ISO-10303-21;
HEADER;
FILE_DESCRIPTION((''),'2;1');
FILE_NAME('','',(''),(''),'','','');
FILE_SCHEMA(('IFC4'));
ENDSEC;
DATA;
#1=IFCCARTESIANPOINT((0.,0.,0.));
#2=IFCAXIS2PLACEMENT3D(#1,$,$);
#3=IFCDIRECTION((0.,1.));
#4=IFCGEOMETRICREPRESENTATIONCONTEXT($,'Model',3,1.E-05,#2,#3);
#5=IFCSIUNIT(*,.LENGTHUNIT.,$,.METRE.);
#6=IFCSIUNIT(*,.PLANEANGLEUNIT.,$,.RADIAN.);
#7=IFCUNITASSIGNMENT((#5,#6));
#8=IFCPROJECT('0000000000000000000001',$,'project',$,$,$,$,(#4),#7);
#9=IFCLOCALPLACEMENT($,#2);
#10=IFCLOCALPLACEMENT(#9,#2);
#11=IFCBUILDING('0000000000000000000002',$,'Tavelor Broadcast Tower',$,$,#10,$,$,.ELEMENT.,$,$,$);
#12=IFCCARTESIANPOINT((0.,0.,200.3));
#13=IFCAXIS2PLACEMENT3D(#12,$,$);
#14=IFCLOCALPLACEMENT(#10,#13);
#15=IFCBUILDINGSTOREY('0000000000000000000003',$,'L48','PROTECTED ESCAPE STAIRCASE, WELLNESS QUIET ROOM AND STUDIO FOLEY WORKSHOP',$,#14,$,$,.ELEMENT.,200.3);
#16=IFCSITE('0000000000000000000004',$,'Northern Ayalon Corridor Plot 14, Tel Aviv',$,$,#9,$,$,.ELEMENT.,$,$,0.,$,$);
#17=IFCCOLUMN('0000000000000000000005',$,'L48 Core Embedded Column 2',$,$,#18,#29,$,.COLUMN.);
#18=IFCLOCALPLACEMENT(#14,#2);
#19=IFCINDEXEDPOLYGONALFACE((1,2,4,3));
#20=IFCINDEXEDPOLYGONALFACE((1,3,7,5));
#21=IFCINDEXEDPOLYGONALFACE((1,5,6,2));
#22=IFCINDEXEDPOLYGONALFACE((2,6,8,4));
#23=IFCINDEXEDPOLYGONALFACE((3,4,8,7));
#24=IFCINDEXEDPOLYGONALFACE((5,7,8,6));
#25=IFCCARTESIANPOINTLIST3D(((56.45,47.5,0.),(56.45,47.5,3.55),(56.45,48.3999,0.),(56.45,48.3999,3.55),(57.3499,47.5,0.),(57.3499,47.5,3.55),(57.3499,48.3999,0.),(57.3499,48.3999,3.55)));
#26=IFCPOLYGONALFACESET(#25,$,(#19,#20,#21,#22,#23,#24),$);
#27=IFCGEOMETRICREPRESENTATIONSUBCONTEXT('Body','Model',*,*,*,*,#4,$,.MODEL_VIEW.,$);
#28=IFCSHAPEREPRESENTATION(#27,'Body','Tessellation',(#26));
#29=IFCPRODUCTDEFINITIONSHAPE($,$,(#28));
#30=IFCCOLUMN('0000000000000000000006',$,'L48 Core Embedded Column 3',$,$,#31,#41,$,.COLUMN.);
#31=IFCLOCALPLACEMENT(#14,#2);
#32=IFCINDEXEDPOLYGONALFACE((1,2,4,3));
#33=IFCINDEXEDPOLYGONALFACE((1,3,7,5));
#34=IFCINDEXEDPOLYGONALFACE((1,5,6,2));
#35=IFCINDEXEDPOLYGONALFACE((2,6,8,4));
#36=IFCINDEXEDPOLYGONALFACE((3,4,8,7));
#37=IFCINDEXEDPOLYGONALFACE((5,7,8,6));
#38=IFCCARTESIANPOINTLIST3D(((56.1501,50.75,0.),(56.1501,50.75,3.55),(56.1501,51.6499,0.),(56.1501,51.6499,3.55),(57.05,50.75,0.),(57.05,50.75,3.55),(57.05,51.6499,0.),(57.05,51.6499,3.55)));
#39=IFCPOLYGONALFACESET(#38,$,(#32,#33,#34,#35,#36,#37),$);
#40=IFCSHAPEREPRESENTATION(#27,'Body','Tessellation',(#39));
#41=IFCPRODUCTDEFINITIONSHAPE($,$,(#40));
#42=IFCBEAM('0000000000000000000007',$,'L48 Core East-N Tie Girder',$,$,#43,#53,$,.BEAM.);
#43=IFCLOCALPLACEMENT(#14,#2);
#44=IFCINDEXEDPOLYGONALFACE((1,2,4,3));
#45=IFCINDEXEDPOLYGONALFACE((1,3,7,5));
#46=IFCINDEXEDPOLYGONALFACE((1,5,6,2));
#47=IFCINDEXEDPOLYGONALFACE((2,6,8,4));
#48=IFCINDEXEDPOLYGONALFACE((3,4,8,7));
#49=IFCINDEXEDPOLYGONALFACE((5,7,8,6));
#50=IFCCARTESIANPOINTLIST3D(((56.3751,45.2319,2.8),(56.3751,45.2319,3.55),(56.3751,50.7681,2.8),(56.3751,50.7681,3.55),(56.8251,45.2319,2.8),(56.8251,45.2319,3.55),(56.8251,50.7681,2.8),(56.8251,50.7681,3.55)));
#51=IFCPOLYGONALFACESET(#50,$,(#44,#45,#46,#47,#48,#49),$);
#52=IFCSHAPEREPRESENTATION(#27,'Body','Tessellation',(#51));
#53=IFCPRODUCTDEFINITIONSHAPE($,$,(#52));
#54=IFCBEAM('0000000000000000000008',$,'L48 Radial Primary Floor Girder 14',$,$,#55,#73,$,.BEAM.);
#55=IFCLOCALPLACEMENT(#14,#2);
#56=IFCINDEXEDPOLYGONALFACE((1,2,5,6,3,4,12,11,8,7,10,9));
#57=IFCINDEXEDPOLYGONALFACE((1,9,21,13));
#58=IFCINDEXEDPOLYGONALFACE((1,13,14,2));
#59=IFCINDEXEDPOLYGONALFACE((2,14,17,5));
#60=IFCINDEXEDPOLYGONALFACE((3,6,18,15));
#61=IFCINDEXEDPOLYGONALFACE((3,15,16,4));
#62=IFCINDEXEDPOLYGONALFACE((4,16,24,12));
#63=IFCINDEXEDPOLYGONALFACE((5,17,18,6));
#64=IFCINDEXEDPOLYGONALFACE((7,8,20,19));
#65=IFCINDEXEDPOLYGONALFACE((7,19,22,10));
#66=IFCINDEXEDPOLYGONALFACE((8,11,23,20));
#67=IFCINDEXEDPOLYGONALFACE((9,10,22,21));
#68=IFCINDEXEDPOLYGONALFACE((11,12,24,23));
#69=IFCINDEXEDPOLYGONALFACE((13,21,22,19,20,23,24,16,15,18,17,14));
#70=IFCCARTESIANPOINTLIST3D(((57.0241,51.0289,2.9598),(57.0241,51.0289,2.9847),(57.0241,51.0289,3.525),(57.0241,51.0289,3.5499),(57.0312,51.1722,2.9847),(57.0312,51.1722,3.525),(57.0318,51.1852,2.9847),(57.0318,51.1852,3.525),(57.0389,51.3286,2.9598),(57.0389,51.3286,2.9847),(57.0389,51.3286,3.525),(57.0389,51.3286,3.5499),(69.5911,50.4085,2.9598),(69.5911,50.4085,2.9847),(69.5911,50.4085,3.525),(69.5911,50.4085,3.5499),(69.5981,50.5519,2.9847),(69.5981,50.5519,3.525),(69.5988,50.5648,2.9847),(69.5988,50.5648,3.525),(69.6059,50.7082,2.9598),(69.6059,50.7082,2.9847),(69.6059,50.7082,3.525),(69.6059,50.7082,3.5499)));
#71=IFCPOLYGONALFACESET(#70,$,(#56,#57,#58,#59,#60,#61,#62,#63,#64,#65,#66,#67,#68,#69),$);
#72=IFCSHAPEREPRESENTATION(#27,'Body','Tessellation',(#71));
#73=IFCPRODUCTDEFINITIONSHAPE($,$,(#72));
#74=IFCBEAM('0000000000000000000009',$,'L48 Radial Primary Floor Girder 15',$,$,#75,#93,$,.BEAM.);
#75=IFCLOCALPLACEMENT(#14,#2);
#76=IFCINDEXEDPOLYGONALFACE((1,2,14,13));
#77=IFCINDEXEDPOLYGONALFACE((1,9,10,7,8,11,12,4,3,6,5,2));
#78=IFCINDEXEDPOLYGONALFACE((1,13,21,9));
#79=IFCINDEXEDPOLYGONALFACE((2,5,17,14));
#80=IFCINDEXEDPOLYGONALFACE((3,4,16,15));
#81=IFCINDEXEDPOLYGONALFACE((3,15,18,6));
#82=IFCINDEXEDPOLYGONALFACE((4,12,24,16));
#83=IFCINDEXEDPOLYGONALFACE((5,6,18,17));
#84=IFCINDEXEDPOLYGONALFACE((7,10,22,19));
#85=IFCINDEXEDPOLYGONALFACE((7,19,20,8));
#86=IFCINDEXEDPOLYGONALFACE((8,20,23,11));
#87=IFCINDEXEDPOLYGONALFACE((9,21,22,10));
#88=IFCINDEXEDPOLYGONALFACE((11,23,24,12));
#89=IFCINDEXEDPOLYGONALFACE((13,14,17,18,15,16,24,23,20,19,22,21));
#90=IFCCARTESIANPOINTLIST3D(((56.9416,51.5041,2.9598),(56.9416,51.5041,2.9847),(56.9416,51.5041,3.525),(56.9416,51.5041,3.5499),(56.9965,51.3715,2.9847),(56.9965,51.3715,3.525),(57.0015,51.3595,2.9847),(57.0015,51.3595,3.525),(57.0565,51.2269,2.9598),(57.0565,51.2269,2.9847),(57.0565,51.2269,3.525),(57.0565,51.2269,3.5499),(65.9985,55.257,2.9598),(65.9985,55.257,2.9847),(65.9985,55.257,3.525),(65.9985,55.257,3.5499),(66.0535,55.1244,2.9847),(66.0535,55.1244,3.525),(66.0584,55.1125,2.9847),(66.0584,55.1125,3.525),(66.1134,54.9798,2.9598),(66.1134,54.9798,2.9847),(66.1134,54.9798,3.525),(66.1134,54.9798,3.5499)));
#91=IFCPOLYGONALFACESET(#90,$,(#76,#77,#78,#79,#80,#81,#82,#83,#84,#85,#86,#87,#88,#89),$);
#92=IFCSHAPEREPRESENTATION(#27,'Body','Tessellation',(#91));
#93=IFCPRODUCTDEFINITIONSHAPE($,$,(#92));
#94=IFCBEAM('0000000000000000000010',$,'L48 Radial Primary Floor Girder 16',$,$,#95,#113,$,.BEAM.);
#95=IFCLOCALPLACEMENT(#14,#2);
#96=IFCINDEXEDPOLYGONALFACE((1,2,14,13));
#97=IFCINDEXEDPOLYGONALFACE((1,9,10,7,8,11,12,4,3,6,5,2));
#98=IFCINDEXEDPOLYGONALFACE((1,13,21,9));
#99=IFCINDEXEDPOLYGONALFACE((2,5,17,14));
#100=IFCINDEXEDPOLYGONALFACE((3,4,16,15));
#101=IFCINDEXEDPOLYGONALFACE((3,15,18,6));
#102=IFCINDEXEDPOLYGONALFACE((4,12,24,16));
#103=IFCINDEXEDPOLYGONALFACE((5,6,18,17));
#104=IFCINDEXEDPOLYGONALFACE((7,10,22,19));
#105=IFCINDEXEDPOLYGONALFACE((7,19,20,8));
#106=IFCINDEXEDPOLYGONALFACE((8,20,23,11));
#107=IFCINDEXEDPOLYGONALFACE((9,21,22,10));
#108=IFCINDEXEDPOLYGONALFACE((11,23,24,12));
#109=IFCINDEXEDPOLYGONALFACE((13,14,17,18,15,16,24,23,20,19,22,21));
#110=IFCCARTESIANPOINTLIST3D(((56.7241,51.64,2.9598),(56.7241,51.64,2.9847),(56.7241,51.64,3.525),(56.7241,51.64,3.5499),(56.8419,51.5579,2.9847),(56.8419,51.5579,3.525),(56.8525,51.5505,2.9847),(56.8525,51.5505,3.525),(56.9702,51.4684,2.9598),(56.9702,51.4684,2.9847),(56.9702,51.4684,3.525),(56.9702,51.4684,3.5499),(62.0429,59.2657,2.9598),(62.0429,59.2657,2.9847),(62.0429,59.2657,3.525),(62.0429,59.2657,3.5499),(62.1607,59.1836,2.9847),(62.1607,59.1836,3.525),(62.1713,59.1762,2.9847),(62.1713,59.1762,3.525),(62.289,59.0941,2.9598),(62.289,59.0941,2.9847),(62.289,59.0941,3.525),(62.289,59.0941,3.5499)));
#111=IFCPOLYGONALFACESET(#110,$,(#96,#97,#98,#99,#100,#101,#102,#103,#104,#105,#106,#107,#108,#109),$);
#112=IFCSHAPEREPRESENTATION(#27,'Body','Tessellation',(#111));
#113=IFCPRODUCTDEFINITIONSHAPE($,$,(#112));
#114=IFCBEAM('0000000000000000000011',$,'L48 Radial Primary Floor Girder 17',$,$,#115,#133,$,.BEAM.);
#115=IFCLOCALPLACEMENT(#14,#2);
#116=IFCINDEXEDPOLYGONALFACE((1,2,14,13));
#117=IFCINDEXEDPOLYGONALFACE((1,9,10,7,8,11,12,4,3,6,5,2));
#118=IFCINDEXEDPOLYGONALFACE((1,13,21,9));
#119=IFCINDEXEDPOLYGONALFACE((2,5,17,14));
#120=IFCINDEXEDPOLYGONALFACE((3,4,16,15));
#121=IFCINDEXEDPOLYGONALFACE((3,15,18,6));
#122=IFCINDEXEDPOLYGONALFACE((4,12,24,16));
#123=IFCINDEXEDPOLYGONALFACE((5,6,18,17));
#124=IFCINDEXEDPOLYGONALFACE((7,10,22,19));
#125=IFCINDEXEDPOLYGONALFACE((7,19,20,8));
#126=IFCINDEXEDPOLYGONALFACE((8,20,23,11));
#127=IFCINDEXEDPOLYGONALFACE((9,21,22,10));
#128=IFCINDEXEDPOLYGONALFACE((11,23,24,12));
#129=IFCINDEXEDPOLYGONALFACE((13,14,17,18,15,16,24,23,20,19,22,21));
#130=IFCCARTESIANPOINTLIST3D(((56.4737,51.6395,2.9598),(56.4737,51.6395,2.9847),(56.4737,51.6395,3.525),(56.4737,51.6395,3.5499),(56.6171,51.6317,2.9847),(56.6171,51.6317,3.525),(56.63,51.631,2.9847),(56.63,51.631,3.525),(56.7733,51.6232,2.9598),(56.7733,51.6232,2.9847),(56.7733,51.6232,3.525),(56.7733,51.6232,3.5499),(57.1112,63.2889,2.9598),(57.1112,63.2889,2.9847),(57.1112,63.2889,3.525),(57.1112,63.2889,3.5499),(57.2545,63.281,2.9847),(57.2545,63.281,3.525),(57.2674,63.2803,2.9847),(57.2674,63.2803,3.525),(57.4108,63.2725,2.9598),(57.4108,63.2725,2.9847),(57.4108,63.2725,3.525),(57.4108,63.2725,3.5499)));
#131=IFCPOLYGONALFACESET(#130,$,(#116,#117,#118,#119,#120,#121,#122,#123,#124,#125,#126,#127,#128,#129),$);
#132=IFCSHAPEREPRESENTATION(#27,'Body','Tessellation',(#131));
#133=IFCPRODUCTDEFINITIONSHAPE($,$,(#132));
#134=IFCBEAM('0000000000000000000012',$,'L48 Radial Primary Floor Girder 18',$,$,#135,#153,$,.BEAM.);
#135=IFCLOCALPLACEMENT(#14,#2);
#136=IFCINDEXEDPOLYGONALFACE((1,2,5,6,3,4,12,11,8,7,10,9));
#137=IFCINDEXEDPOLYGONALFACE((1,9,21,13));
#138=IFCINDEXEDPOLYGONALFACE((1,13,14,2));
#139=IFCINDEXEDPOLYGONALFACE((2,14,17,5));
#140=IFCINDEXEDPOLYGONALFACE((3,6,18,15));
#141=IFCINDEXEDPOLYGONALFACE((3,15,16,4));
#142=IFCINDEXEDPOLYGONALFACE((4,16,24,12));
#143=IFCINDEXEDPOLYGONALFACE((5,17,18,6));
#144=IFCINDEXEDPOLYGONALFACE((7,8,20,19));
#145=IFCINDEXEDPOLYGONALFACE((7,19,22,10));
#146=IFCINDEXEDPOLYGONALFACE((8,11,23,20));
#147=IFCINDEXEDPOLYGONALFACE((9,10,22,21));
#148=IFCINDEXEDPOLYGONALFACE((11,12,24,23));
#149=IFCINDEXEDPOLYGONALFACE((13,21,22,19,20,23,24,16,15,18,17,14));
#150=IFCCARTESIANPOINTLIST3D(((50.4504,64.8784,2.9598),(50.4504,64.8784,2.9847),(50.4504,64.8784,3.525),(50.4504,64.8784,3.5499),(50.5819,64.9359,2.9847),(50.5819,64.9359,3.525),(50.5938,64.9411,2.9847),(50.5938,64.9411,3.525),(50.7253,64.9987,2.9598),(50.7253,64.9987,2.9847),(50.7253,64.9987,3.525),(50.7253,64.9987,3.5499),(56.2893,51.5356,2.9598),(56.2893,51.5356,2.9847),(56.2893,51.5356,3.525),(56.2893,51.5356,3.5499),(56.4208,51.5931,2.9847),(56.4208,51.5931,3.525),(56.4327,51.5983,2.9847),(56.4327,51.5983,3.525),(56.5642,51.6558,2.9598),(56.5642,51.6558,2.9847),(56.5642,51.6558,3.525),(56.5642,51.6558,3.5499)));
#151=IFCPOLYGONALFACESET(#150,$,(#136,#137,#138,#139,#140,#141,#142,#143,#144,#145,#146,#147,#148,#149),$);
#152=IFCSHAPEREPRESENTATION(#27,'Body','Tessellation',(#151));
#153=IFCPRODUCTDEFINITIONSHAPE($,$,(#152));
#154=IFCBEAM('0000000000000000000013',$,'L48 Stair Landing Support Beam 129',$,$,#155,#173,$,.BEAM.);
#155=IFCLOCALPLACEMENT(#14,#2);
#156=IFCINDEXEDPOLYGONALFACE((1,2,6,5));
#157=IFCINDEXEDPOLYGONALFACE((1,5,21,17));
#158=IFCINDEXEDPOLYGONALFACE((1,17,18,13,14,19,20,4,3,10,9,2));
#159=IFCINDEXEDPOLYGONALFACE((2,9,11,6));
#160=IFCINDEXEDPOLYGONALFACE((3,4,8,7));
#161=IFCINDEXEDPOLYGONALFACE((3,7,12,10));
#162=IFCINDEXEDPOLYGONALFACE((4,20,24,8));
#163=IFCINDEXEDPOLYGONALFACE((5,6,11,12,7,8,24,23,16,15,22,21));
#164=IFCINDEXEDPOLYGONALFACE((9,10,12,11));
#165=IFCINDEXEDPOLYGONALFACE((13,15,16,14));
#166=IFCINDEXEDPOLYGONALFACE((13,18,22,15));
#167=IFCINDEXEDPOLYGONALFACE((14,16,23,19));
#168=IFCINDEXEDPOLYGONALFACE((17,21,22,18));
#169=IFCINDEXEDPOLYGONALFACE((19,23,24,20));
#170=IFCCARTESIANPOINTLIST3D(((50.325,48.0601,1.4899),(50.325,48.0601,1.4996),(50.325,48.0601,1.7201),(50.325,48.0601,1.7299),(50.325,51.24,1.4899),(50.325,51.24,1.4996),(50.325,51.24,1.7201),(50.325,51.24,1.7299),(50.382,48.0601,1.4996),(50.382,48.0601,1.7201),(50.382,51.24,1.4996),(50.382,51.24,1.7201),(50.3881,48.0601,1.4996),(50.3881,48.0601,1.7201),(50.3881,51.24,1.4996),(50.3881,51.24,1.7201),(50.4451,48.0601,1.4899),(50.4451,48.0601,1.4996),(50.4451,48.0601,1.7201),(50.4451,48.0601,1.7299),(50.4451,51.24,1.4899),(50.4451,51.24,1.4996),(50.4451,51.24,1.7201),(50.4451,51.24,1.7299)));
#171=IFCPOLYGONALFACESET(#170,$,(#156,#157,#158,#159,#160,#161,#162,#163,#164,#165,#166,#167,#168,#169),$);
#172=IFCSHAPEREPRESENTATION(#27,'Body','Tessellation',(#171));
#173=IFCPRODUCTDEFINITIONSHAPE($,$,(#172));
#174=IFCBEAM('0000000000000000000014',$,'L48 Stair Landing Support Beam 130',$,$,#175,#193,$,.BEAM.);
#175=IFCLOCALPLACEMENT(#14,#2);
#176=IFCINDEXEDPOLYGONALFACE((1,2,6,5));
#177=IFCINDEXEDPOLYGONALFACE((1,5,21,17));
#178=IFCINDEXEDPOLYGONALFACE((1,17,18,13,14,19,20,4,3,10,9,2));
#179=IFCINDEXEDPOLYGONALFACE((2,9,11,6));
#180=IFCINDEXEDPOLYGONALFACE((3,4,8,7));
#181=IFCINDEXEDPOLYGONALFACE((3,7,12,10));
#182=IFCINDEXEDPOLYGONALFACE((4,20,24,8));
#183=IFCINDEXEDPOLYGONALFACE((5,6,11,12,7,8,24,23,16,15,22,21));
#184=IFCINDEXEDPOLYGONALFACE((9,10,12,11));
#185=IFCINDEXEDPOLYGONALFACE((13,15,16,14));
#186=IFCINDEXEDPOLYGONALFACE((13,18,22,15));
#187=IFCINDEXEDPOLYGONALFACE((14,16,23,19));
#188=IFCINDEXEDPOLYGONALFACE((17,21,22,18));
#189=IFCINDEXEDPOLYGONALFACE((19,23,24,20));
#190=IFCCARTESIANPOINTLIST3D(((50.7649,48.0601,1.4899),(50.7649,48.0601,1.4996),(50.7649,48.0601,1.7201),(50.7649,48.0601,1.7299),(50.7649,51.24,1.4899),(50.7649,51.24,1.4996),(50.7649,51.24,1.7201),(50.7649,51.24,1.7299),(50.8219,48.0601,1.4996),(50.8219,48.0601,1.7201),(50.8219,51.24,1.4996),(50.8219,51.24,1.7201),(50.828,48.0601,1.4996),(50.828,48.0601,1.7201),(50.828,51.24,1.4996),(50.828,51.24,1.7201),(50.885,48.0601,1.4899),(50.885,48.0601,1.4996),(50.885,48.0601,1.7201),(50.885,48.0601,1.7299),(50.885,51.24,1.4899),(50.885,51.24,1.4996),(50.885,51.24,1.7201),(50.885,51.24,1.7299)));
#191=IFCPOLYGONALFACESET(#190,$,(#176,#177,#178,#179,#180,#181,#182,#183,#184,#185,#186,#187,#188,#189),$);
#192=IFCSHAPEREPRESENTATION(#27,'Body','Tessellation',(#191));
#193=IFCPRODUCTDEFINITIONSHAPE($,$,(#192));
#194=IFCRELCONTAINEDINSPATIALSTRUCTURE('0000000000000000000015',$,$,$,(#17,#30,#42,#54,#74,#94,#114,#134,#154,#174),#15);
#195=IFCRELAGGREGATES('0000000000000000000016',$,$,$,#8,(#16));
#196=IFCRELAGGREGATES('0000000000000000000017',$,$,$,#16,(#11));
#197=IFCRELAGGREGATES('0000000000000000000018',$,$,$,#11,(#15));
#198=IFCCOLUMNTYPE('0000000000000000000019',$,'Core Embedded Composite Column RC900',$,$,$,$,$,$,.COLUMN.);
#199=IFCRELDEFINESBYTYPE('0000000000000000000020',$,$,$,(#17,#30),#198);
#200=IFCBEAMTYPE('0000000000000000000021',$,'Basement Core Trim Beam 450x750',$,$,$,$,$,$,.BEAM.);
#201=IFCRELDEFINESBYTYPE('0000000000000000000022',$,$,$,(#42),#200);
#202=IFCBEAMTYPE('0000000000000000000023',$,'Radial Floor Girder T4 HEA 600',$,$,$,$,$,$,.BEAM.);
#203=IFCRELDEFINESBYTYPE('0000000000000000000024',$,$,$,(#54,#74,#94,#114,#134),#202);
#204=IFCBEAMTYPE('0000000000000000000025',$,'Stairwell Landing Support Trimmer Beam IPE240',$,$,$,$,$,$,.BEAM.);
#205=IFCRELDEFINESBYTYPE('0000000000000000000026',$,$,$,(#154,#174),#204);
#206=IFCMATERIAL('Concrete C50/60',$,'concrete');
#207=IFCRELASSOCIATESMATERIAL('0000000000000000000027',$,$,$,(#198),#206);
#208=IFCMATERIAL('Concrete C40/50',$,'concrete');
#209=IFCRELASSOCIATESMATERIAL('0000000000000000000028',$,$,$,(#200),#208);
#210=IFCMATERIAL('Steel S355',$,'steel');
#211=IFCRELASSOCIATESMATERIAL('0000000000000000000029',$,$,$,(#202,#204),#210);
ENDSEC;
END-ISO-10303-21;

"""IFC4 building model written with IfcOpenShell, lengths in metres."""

from ifc_helpers import new_model, si_unit, direction, frame, origin, origin_2d, place, context, subcontext, project, spatial, rectangle, i_section, extrude, material, material_profile, profile_set, type_object, element, save


model = new_model("IFC4")

# Units and contexts
model_context = context("Model", 3, precision=1e-05, world=origin(), true_north=direction((0.0, 1.0)))
body_context = subcontext(model_context, "Body", "Model", "MODEL_VIEW")
ifc_project = project(units=[si_unit("LENGTHUNIT", "METRE"), si_unit("PLANEANGLEUNIT", "RADIAN")], contexts=[model_context])

# Site, building, storey
site_placement = place(None, origin())
site = spatial("IfcSite", under=ifc_project, at=site_placement, Name="Northern Ayalon Corridor Plot 14, Tel Aviv", CompositionType="ELEMENT", RefElevation=0.0)
building_placement = place(site_placement, origin())
building = spatial("IfcBuilding", under=site, at=building_placement, Name="Tavelor Broadcast Tower", CompositionType="ELEMENT")
storey_placement = place(building_placement, frame((0.0, 0.0, 200.3)))
storey = spatial("IfcBuildingStorey", under=building, at=storey_placement, Name="L48", Description="PROTECTED ESCAPE STAIRCASE, WELLNESS QUIET ROOM AND STUDIO FOLEY WORKSHOP", CompositionType="ELEMENT", Elevation=200.3)

# Columns
ifc_material_1 = material(Name="Concrete C50/60", Category="concrete")
ifc_material_profile_1 = material_profile(ifc_material_1, rectangle(XDim=0.8999, YDim=0.8999, at=origin_2d()), Name="RC 900x900")
ifc_profile_set_1 = profile_set([ifc_material_profile_1], Name="Concrete C50/60")
column_type = type_object("IfcColumnType", Name="Core Embedded Composite Column RC900", PredefinedType="COLUMN", material=ifc_profile_set_1)
for number, where, z_axis, x_axis, name in (
    (1, (56.8999, 47.95, 0.0), (0.0, 0.0, 1.0), (1.0, 0.0, 0.0), "L48 Core Embedded Column 2"),
    (2, (56.6001, 51.2, 0.0), (0.0, 0.0, 1.0), (1.0, 0.0, 0.0), "L48 Core Embedded Column 3"),
):
    element("IfcColumn", number, at=place(storey_placement, frame(where, z_axis=z_axis, x_axis=x_axis)), inside=storey, type_object=column_type, Name=name, PredefinedType="COLUMN", context=body_context, shape_type="SweptSolid", body=[
        extrude(rectangle(XDim=0.8999, YDim=0.8999, at=origin_2d()), origin(), (0.0, 0.0, 1.0), 3.55),
    ])

# Beams
ifc_material_2 = material(Name="Concrete C40/50", Category="concrete")
ifc_material_profile_2 = material_profile(ifc_material_2, rectangle(XDim=0.45, YDim=0.75, at=origin_2d()), Name="RC 450x750")
ifc_profile_set_2 = profile_set([ifc_material_profile_2], Name="Concrete C40/50")
beam_type_1 = type_object("IfcBeamType", Name="Basement Core Trim Beam 450x750", PredefinedType="BEAM", material=ifc_profile_set_2)
beam_1_placement = place(storey_placement, frame((56.6001, 45.2319, 3.175), z_axis=(0.0, 1.0, 0.0), x_axis=(-1.0, 0.0, 0.0)))
element("IfcBeam", 3, at=beam_1_placement, inside=storey, type_object=beam_type_1, Name="L48 Core East-N Tie Girder", PredefinedType="BEAM", context=body_context, shape_type="SweptSolid", body=[
    extrude(rectangle(XDim=0.45, YDim=0.75, at=origin_2d()), origin(), (0.0, 0.0, 1.0), 5.5361),
])
ifc_material_3 = material(Name="Steel S355", Category="steel")
ifc_material_profile_3 = material_profile(ifc_material_3, i_section(OverallWidth=0.3, OverallDepth=0.5901, WebThickness=0.0129, FlangeThickness=0.0249, at=origin_2d()), Name="HEA 600")
ifc_profile_set_3 = profile_set([ifc_material_profile_3], Name="Steel S355")
beam_type_2 = type_object("IfcBeamType", Name="Radial Floor Girder T4 HEA 600", PredefinedType="BEAM", material=ifc_profile_set_3)
beam_2_placement = place(storey_placement, frame((57.0315, 51.1787, 3.2549), z_axis=(0.998784, -0.049305, 0.0), x_axis=(0.049305, 0.998784, 0.0)))
element("IfcBeam", 4, at=beam_2_placement, inside=storey, type_object=beam_type_2, Name="L48 Radial Primary Floor Girder 14", PredefinedType="BEAM", context=body_context, shape_type="SweptSolid", body=[
    extrude(i_section(OverallWidth=0.3, OverallDepth=0.5901, WebThickness=0.0129, FlangeThickness=0.0249, at=origin_2d()), origin(), (0.0, 0.0, 1.0), 12.5823),
])
beam_3_placement = place(storey_placement, frame((56.999, 51.3655, 3.2549), z_axis=(0.923827, 0.382809, 0.0), x_axis=(-0.382809, 0.923827, 0.0)))
element("IfcBeam", 5, at=beam_3_placement, inside=storey, type_object=beam_type_2, Name="L48 Radial Primary Floor Girder 15", PredefinedType="BEAM", context=body_context, shape_type="SweptSolid", body=[
    extrude(i_section(OverallWidth=0.3, OverallDepth=0.5901, WebThickness=0.0129, FlangeThickness=0.0249, at=origin_2d()), origin(), (0.0, 0.0, 1.0), 9.8037),
])
beam_4_placement = place(storey_placement, frame((56.8472, 51.5542, 3.2549), z_axis=(0.572078, 0.820199, 0.0), x_axis=(-0.820199, 0.572078, 0.0)))
element("IfcBeam", 6, at=beam_4_placement, inside=storey, type_object=beam_type_2, Name="L48 Radial Primary Floor Girder 16", PredefinedType="BEAM", context=body_context, shape_type="SweptSolid", body=[
    extrude(i_section(OverallWidth=0.3, OverallDepth=0.5901, WebThickness=0.0129, FlangeThickness=0.0249, at=origin_2d()), origin(), (0.0, 0.0, 1.0), 9.2974),
])
beam_5_placement = place(storey_placement, frame((56.6235, 51.6313, 3.2549), z_axis=(0.054638, 0.998506, 0.0), x_axis=(-0.998506, 0.054638, 0.0)))
element("IfcBeam", 7, at=beam_5_placement, inside=storey, type_object=beam_type_2, Name="L48 Radial Primary Floor Girder 17", PredefinedType="BEAM", context=body_context, shape_type="SweptSolid", body=[
    extrude(i_section(OverallWidth=0.3, OverallDepth=0.5901, WebThickness=0.0129, FlangeThickness=0.0249, at=origin_2d()), origin(), (0.0, 0.0, 1.0), 11.6667),
])
beam_6_placement = place(storey_placement, frame((56.4268, 51.5957, 3.2549), z_axis=(-0.4009, 0.916122, 0.0), x_axis=(-0.916122, -0.4009, 0.0)))
element("IfcBeam", 8, at=beam_6_placement, inside=storey, type_object=beam_type_2, Name="L48 Radial Primary Floor Girder 18", PredefinedType="BEAM", context=body_context, shape_type="SweptSolid", body=[
    extrude(i_section(OverallWidth=0.3, OverallDepth=0.5901, WebThickness=0.0129, FlangeThickness=0.0249, at=origin_2d()), origin(), (0.0, 0.0, 1.0), 14.5645),
])
ifc_material_profile_4 = material_profile(ifc_material_3, i_section(OverallWidth=0.1201, OverallDepth=0.24, WebThickness=0.0061, FlangeThickness=0.0098, at=origin_2d()), Name="IPE 240")
ifc_profile_set_4 = profile_set([ifc_material_profile_4], Name="Steel S355")
beam_type_3 = type_object("IfcBeamType", Name="Stairwell Landing Support Trimmer Beam IPE240", PredefinedType="BEAM", material=ifc_profile_set_4)
for number, where, z_axis, x_axis, name in (
    (9, (50.385, 48.0601, 1.6099), (0.0, 1.0, 0.0), (-1.0, 0.0, 0.0), "L48 Stair Landing Support Beam 129"),
    (10, (50.825, 48.0601, 1.6099), (0.0, 1.0, 0.0), (-1.0, 0.0, 0.0), "L48 Stair Landing Support Beam 130"),
):
    element("IfcBeam", number, at=place(storey_placement, frame(where, z_axis=z_axis, x_axis=x_axis)), inside=storey, type_object=beam_type_3, Name=name, PredefinedType="BEAM", context=body_context, shape_type="SweptSolid", body=[
        extrude(i_section(OverallWidth=0.1201, OverallDepth=0.24, WebThickness=0.0061, FlangeThickness=0.0098, at=origin_2d()), origin(), (0.0, 0.0, 1.0), 3.1799),
    ])

save(model, "model.ifc")
